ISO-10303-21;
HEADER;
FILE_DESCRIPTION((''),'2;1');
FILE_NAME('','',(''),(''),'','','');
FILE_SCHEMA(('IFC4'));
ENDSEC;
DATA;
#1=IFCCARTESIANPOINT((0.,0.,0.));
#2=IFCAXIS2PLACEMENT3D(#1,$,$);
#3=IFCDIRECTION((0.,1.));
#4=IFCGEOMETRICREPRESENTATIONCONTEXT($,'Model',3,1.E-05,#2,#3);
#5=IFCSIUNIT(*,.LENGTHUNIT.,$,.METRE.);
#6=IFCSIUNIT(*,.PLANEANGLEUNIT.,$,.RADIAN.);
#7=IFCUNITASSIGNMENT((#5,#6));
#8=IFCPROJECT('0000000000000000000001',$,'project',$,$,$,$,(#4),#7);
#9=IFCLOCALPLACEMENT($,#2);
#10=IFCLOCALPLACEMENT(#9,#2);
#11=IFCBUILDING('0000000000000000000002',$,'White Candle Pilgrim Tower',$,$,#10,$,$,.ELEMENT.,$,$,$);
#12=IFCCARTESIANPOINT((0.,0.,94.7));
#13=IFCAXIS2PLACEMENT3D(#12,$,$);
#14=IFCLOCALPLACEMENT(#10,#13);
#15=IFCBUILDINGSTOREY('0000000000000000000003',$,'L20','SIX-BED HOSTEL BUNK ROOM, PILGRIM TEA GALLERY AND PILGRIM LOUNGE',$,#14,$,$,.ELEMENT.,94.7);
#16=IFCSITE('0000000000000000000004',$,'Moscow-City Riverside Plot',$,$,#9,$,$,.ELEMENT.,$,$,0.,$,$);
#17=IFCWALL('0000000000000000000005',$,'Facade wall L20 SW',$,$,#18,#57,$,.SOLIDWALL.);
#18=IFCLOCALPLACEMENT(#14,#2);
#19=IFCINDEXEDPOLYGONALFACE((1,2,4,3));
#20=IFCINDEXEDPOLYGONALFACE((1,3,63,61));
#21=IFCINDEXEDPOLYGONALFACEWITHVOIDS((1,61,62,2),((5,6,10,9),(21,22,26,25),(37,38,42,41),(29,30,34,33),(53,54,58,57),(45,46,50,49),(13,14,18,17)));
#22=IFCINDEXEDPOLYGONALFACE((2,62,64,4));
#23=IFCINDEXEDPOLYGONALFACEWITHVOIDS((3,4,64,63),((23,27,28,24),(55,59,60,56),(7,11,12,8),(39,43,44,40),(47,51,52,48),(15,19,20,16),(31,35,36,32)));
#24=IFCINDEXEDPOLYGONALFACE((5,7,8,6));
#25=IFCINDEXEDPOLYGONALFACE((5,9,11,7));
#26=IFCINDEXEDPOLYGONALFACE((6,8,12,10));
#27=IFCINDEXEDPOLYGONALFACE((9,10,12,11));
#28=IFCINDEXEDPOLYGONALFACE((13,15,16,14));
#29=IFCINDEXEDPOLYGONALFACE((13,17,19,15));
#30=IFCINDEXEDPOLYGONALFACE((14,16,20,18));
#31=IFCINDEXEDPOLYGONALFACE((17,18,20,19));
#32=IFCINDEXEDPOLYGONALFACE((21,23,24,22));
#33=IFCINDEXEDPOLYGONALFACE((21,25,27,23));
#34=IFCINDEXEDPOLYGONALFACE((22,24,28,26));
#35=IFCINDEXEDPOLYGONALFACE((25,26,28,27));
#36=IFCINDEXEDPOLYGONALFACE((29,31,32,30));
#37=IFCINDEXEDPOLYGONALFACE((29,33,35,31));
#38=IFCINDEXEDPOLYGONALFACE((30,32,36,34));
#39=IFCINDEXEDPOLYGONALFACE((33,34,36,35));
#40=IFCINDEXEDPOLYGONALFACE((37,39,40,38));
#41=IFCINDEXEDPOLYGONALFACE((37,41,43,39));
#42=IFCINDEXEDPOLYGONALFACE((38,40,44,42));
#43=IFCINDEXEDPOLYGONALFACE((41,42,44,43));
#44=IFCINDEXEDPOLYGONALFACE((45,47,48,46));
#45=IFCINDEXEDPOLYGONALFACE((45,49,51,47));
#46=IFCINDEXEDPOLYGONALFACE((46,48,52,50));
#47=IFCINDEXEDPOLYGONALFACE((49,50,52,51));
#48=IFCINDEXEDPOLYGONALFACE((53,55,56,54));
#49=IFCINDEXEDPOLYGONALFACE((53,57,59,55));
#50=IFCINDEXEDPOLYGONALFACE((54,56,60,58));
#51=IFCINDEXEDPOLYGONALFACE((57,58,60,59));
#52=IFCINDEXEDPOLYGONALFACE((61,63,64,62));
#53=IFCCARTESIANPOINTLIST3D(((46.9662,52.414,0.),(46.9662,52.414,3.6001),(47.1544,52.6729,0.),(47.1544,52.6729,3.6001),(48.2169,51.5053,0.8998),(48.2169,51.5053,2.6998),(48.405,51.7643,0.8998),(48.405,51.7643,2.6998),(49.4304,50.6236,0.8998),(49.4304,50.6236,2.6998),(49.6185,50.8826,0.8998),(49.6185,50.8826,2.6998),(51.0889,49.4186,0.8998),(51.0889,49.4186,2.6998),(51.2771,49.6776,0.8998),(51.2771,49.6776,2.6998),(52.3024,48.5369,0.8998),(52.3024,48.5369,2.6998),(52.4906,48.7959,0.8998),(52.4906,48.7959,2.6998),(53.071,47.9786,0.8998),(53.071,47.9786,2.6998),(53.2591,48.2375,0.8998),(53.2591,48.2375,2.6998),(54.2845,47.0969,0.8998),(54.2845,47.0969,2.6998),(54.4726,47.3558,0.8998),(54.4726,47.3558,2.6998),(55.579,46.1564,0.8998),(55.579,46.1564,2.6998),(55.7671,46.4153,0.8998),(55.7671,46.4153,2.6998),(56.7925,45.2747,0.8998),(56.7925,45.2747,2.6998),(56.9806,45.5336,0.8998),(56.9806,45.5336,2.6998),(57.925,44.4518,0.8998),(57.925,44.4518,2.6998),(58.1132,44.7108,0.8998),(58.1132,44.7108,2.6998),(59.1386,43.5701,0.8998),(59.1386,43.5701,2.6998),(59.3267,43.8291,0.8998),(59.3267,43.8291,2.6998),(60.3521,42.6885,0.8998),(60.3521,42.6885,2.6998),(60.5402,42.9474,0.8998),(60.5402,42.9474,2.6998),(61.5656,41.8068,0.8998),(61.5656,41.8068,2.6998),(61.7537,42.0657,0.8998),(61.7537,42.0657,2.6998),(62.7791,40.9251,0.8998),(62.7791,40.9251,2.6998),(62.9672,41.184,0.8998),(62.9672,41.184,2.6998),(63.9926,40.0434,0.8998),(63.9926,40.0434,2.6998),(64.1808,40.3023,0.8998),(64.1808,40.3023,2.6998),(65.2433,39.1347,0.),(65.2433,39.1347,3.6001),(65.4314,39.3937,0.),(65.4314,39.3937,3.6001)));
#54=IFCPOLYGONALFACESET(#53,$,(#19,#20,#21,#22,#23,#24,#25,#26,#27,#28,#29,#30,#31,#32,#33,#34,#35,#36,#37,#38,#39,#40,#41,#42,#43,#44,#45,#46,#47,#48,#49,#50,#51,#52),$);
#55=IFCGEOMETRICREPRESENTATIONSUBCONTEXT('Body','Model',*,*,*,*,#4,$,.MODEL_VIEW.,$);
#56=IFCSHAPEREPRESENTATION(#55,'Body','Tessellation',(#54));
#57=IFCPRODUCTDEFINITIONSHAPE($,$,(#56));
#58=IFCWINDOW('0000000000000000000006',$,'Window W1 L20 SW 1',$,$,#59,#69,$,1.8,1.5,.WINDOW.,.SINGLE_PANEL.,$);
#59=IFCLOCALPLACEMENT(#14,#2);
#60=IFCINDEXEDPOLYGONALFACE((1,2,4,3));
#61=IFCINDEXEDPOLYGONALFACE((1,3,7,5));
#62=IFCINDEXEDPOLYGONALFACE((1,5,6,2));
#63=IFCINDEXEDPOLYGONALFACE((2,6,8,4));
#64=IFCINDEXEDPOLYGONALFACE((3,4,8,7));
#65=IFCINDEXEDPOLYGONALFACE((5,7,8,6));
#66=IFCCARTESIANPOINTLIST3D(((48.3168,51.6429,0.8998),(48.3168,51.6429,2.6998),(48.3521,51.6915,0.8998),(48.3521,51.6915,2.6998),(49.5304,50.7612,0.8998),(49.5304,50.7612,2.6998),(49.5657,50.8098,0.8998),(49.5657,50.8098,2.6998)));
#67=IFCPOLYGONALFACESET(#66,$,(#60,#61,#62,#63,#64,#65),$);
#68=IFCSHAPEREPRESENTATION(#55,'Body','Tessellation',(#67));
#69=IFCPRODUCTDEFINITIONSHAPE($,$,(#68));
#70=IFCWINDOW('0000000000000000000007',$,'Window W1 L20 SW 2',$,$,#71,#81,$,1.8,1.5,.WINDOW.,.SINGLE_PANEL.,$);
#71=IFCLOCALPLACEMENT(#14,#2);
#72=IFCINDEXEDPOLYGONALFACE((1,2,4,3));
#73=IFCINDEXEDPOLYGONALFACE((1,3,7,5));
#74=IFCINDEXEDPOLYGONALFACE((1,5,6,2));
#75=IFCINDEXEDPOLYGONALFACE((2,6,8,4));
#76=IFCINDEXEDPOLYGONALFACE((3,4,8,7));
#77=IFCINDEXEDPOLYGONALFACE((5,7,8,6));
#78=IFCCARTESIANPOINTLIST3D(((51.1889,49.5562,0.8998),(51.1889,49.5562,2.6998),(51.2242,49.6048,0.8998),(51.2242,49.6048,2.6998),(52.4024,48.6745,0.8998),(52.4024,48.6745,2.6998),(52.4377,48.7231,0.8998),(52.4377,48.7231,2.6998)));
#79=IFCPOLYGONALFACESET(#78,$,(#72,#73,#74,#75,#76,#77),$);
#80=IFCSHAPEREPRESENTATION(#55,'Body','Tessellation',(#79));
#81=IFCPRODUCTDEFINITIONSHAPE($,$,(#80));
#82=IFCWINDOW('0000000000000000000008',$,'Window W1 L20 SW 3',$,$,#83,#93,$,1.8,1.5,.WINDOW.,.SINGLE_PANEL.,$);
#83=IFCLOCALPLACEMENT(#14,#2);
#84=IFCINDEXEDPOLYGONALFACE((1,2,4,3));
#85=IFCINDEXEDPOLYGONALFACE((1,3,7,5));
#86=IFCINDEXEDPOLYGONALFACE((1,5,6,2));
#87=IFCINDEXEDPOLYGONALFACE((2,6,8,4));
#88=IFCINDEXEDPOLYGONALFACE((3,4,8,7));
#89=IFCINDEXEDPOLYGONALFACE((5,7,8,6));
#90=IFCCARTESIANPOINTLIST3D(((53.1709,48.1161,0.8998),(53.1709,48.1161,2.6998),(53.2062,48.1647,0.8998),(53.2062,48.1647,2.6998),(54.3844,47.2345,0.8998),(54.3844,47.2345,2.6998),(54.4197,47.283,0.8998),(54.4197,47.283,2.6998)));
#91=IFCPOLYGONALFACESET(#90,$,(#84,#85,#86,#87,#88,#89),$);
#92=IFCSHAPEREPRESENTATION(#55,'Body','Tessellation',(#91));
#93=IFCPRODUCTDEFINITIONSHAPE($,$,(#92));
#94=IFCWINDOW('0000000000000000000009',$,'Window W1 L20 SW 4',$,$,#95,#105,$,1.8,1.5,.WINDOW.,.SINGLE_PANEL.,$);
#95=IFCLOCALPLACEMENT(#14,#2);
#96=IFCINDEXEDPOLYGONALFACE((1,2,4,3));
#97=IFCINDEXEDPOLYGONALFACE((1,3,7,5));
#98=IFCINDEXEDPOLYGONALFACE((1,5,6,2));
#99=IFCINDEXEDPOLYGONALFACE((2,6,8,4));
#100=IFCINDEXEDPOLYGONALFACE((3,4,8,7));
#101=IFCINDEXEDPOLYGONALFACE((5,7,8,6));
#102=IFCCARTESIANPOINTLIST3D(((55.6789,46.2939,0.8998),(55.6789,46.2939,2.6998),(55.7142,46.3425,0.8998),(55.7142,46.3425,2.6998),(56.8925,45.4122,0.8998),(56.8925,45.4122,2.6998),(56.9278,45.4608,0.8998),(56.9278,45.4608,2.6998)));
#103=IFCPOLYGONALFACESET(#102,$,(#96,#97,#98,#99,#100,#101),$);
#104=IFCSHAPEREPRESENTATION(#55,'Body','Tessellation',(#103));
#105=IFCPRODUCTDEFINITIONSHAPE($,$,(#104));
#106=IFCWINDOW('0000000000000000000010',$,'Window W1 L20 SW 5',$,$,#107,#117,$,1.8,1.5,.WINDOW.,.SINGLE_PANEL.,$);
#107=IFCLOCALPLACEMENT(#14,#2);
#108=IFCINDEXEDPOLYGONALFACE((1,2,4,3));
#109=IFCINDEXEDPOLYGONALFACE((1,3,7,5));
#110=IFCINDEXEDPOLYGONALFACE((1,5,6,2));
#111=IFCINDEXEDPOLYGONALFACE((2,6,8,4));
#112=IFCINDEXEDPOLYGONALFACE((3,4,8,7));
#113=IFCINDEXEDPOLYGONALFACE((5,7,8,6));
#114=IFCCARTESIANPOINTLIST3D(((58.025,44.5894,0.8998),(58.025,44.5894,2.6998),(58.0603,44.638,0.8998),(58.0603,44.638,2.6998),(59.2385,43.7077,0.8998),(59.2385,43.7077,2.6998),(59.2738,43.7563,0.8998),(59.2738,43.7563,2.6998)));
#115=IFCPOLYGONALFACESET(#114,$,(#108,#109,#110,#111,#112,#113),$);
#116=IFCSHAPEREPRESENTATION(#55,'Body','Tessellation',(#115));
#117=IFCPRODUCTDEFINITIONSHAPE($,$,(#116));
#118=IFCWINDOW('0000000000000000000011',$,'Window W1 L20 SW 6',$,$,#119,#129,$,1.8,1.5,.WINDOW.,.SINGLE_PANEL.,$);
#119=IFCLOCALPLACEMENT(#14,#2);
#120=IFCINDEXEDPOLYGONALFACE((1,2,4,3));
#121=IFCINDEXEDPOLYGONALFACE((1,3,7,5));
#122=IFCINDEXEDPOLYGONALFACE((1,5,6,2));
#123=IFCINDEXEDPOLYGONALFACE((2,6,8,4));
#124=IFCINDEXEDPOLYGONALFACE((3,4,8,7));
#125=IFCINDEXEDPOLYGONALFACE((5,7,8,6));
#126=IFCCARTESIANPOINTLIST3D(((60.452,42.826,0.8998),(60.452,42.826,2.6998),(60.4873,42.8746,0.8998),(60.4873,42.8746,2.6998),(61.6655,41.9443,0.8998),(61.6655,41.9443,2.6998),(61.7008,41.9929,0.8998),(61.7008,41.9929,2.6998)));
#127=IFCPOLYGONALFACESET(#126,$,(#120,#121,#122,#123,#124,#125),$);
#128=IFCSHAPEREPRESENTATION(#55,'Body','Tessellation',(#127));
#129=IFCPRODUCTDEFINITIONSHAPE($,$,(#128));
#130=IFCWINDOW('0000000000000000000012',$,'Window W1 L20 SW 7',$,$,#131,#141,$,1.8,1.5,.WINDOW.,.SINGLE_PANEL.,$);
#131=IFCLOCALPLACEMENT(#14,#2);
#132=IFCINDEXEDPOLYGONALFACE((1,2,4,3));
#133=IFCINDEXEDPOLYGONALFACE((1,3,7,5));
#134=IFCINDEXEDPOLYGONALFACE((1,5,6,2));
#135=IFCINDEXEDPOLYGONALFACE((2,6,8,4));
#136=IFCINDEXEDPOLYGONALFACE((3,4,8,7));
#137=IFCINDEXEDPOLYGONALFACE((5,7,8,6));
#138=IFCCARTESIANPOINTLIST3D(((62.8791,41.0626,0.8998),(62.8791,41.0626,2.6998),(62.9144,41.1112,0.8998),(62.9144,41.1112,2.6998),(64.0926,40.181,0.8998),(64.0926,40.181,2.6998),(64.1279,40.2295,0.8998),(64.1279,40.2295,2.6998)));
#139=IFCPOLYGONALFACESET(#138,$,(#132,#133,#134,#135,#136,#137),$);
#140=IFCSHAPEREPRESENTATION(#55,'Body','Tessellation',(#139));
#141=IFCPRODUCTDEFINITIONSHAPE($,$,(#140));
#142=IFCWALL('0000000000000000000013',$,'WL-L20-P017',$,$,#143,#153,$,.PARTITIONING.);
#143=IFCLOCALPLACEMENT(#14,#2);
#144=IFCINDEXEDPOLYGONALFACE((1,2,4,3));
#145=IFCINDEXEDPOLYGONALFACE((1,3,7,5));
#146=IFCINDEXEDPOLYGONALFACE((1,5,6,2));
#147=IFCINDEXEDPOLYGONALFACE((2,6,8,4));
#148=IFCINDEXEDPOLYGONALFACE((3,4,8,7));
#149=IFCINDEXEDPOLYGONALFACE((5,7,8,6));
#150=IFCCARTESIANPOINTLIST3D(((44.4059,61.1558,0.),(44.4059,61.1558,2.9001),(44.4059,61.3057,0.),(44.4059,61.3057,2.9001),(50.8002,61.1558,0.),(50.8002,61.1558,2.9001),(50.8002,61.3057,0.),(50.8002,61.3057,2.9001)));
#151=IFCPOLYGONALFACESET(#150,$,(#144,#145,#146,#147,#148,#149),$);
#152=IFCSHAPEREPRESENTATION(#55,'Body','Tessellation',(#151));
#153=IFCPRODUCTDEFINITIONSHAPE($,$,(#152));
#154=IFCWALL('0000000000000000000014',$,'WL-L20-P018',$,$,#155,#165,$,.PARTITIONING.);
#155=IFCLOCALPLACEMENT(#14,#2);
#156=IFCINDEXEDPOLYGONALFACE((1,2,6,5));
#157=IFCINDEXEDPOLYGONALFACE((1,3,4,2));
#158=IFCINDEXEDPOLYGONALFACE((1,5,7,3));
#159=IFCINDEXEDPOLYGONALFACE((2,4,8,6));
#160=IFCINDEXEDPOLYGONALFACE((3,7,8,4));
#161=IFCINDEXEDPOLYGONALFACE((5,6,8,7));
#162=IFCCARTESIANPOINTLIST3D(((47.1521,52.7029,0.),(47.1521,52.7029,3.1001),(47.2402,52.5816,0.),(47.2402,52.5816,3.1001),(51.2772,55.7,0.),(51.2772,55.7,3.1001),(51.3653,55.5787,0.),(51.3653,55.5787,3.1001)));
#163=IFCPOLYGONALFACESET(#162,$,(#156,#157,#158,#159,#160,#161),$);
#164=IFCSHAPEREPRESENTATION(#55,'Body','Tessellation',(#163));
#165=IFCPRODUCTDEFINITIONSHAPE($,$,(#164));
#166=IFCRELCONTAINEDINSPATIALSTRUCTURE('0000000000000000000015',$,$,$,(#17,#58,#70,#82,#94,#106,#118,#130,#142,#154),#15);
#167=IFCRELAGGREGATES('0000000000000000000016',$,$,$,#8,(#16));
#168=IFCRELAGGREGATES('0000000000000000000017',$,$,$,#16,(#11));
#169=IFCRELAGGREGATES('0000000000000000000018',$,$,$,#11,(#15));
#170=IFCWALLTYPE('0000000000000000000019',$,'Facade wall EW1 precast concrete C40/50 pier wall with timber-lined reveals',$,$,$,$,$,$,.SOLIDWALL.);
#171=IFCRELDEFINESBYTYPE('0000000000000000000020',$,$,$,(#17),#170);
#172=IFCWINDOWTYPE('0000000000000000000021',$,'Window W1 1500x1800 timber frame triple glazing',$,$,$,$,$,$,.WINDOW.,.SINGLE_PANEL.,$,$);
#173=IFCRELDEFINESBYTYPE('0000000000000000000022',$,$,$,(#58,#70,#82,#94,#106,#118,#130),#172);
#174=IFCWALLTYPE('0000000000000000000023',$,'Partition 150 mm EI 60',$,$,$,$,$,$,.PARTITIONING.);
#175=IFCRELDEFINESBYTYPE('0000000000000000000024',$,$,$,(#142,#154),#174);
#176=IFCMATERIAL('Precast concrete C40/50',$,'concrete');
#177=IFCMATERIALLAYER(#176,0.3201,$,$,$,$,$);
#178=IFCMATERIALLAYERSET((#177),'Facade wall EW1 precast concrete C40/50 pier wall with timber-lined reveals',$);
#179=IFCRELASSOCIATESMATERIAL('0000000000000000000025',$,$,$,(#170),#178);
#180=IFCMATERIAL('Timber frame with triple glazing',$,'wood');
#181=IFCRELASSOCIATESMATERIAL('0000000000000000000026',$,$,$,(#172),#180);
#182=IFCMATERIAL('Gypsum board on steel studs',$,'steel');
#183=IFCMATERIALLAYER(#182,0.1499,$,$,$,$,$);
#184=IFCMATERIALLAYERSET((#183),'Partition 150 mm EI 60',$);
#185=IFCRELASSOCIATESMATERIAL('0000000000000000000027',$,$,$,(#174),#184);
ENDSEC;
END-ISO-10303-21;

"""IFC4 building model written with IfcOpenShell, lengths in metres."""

from ifc_helpers import new_model, si_unit, direction, frame, frame_2d, origin, place, context, subcontext, project, spatial, rectangle, extrude, material, layer, layer_set, type_object, element, fill, save


model = new_model("IFC4")

# Units and contexts
model_context = context("Model", 3, precision=1e-05, world=origin(), true_north=direction((0.0, 1.0)))
body_context = subcontext(model_context, "Body", "Model", "MODEL_VIEW")
ifc_project = project(units=[si_unit("LENGTHUNIT", "METRE"), si_unit("PLANEANGLEUNIT", "RADIAN")], contexts=[model_context])

# Site, building, storey
site_placement = place(None, origin())
site = spatial("IfcSite", under=ifc_project, at=site_placement, Name="Moscow-City Riverside Plot", CompositionType="ELEMENT", RefElevation=0.0)
building_placement = place(site_placement, origin())
building = spatial("IfcBuilding", under=site, at=building_placement, Name="White Candle Pilgrim Tower", CompositionType="ELEMENT")
storey_placement = place(building_placement, frame((0.0, 0.0, 94.7)))
storey = spatial("IfcBuildingStorey", under=building, at=storey_placement, Name="L20", Description="SIX-BED HOSTEL BUNK ROOM, PILGRIM TEA GALLERY AND PILGRIM LOUNGE", CompositionType="ELEMENT", Elevation=94.7)

# Shared definitions
ifc_material_1 = material(Name="Gypsum board on steel studs", Category="steel")

# Wall, openings, windows
ifc_material_2 = material(Name="Precast concrete C40/50", Category="concrete")
ifc_layer_1 = layer(ifc_material_2, 0.3201)
ifc_layer_set_1 = layer_set([ifc_layer_1], Name="Facade wall EW1 precast concrete C40/50 pier wall with timber-lined reveals")
wall_type_1 = type_object("IfcWallType", Name="Facade wall EW1 precast concrete C40/50 pier wall with timber-lined reveals", PredefinedType="SOLIDWALL", material=ifc_layer_set_1)
ifc_material_3 = material(Name="Timber frame with triple glazing", Category="wood")
wall_1_placement = place(storey_placement, frame((47.0603, 52.5435, 0.0), z_axis=(0.0, 0.0, 1.0), x_axis=(0.809013, -0.587791, 0.0)))
wall_1 = element("IfcWall", 1, at=wall_1_placement, inside=storey, type_object=wall_type_1, Name="Facade wall L20 SW", PredefinedType="SOLIDWALL", context=body_context, shape_type="SweptSolid", body=[
    extrude(rectangle(XDim=22.5918, YDim=0.3201, at=frame_2d((11.2959, 0.0))), origin(), (0.0, 0.0, 1.0), 3.6001),
])
opening_1_placement = place(wall_1_placement, frame((1.5459, 0.0, 0.8999)))
opening_1 = element("IfcOpeningElement", 2, at=opening_1_placement, cuts=wall_1, PredefinedType="OPENING", context=body_context, shape_type="SweptSolid", body=[
    extrude(rectangle(XDim=1.5, YDim=1.8, at=frame_2d((0.75, 0.8999))), frame((0.0, 0.1699, 0.0), z_axis=(0.0, -1.0, 0.0), x_axis=(1.0, 0.0, 0.0)), (0.0, 0.0, 1.0), 0.3401),
])
opening_2_placement = place(wall_1_placement, frame((5.0959, 0.0, 0.8999)))
opening_2 = element("IfcOpeningElement", 3, at=opening_2_placement, cuts=wall_1, PredefinedType="OPENING", context=body_context, shape_type="SweptSolid", body=[
    extrude(rectangle(XDim=1.5, YDim=1.8, at=frame_2d((0.75, 0.8999))), frame((0.0, 0.1699, 0.0), z_axis=(0.0, -1.0, 0.0), x_axis=(1.0, 0.0, 0.0)), (0.0, 0.0, 1.0), 0.3401),
])
opening_3_placement = place(wall_1_placement, frame((7.5459, 0.0, 0.8999)))
opening_3 = element("IfcOpeningElement", 4, at=opening_3_placement, cuts=wall_1, PredefinedType="OPENING", context=body_context, shape_type="SweptSolid", body=[
    extrude(rectangle(XDim=1.5, YDim=1.8, at=frame_2d((0.75, 0.8999))), frame((0.0, 0.1699, 0.0), z_axis=(0.0, -1.0, 0.0), x_axis=(1.0, 0.0, 0.0)), (0.0, 0.0, 1.0), 0.3401),
])
opening_4_placement = place(wall_1_placement, frame((10.646, 0.0, 0.8999)))
opening_4 = element("IfcOpeningElement", 5, at=opening_4_placement, cuts=wall_1, PredefinedType="OPENING", context=body_context, shape_type="SweptSolid", body=[
    extrude(rectangle(XDim=1.5, YDim=1.8, at=frame_2d((0.75, 0.8999))), frame((0.0, 0.1699, 0.0), z_axis=(0.0, -1.0, 0.0), x_axis=(1.0, 0.0, 0.0)), (0.0, 0.0, 1.0), 0.3401),
])
opening_5_placement = place(wall_1_placement, frame((13.5459, 0.0, 0.8999)))
opening_5 = element("IfcOpeningElement", 6, at=opening_5_placement, cuts=wall_1, PredefinedType="OPENING", context=body_context, shape_type="SweptSolid", body=[
    extrude(rectangle(XDim=1.5, YDim=1.8, at=frame_2d((0.75, 0.8999))), frame((0.0, 0.1699, 0.0), z_axis=(0.0, -1.0, 0.0), x_axis=(1.0, 0.0, 0.0)), (0.0, 0.0, 1.0), 0.3401),
])
opening_6_placement = place(wall_1_placement, frame((16.5459, 0.0, 0.8999)))
opening_6 = element("IfcOpeningElement", 7, at=opening_6_placement, cuts=wall_1, PredefinedType="OPENING", context=body_context, shape_type="SweptSolid", body=[
    extrude(rectangle(XDim=1.5, YDim=1.8, at=frame_2d((0.75, 0.8999))), frame((0.0, 0.1699, 0.0), z_axis=(0.0, -1.0, 0.0), x_axis=(1.0, 0.0, 0.0)), (0.0, 0.0, 1.0), 0.3401),
])
opening_7_placement = place(wall_1_placement, frame((19.5459, 0.0, 0.8999)))
opening_7 = element("IfcOpeningElement", 8, at=opening_7_placement, cuts=wall_1, PredefinedType="OPENING", context=body_context, shape_type="SweptSolid", body=[
    extrude(rectangle(XDim=1.5, YDim=1.8, at=frame_2d((0.75, 0.8999))), frame((0.0, 0.1699, 0.0), z_axis=(0.0, -1.0, 0.0), x_axis=(1.0, 0.0, 0.0)), (0.0, 0.0, 1.0), 0.3401),
])
window_type_1 = type_object("IfcWindowType", Name="Window W1 1500x1800 timber frame triple glazing", PartitioningType="SINGLE_PANEL", PredefinedType="WINDOW", material=ifc_material_3)
window_1_placement = place(opening_1_placement, origin())
window_1 = element("IfcWindow", 9, at=window_1_placement, inside=storey, type_object=window_type_1, Name="Window W1 L20 SW 1", OverallHeight=1.8, OverallWidth=1.5, PartitioningType="SINGLE_PANEL", PredefinedType="WINDOW", context=body_context, shape_type="SweptSolid", body=[
    extrude(rectangle(XDim=1.5, YDim=1.8, at=frame_2d((0.75, 0.8999))), frame((0.0, 0.0701, 0.0), z_axis=(0.0, -1.0, 0.0), x_axis=(1.0, 0.0, 0.0)), (0.0, 0.0, 1.0), 0.0601),
])
fill(opening_1, window_1)
window_2_placement = place(opening_2_placement, origin())
window_2 = element("IfcWindow", 10, at=window_2_placement, inside=storey, type_object=window_type_1, Name="Window W1 L20 SW 2", OverallHeight=1.8, OverallWidth=1.5, PartitioningType="SINGLE_PANEL", PredefinedType="WINDOW", context=body_context, shape_type="SweptSolid", body=[
    extrude(rectangle(XDim=1.5, YDim=1.8, at=frame_2d((0.75, 0.8999))), frame((0.0, 0.0701, 0.0), z_axis=(0.0, -1.0, 0.0), x_axis=(1.0, 0.0, 0.0)), (0.0, 0.0, 1.0), 0.0601),
])
fill(opening_2, window_2)
window_3_placement = place(opening_3_placement, origin())
window_3 = element("IfcWindow", 11, at=window_3_placement, inside=storey, type_object=window_type_1, Name="Window W1 L20 SW 3", OverallHeight=1.8, OverallWidth=1.5, PartitioningType="SINGLE_PANEL", PredefinedType="WINDOW", context=body_context, shape_type="SweptSolid", body=[
    extrude(rectangle(XDim=1.5, YDim=1.8, at=frame_2d((0.75, 0.8999))), frame((0.0, 0.0701, 0.0), z_axis=(0.0, -1.0, 0.0), x_axis=(1.0, 0.0, 0.0)), (0.0, 0.0, 1.0), 0.0601),
])
fill(opening_3, window_3)
window_4_placement = place(opening_4_placement, origin())
window_4 = element("IfcWindow", 12, at=window_4_placement, inside=storey, type_object=window_type_1, Name="Window W1 L20 SW 4", OverallHeight=1.8, OverallWidth=1.5, PartitioningType="SINGLE_PANEL", PredefinedType="WINDOW", context=body_context, shape_type="SweptSolid", body=[
    extrude(rectangle(XDim=1.5, YDim=1.8, at=frame_2d((0.75, 0.8999))), frame((0.0, 0.0701, 0.0), z_axis=(0.0, -1.0, 0.0), x_axis=(1.0, 0.0, 0.0)), (0.0, 0.0, 1.0), 0.0601),
])
fill(opening_4, window_4)
window_5_placement = place(opening_5_placement, origin())
window_5 = element("IfcWindow", 13, at=window_5_placement, inside=storey, type_object=window_type_1, Name="Window W1 L20 SW 5", OverallHeight=1.8, OverallWidth=1.5, PartitioningType="SINGLE_PANEL", PredefinedType="WINDOW", context=body_context, shape_type="SweptSolid", body=[
    extrude(rectangle(XDim=1.5, YDim=1.8, at=frame_2d((0.75, 0.8999))), frame((0.0, 0.0701, 0.0), z_axis=(0.0, -1.0, 0.0), x_axis=(1.0, 0.0, 0.0)), (0.0, 0.0, 1.0), 0.0601),
])
fill(opening_5, window_5)
window_6_placement = place(opening_6_placement, origin())
window_6 = element("IfcWindow", 14, at=window_6_placement, inside=storey, type_object=window_type_1, Name="Window W1 L20 SW 6", OverallHeight=1.8, OverallWidth=1.5, PartitioningType="SINGLE_PANEL", PredefinedType="WINDOW", context=body_context, shape_type="SweptSolid", body=[
    extrude(rectangle(XDim=1.5, YDim=1.8, at=frame_2d((0.75, 0.8999))), frame((0.0, 0.0701, 0.0), z_axis=(0.0, -1.0, 0.0), x_axis=(1.0, 0.0, 0.0)), (0.0, 0.0, 1.0), 0.0601),
])
fill(opening_6, window_6)
window_7_placement = place(opening_7_placement, origin())
window_7 = element("IfcWindow", 15, at=window_7_placement, inside=storey, type_object=window_type_1, Name="Window W1 L20 SW 7", OverallHeight=1.8, OverallWidth=1.5, PartitioningType="SINGLE_PANEL", PredefinedType="WINDOW", context=body_context, shape_type="SweptSolid", body=[
    extrude(rectangle(XDim=1.5, YDim=1.8, at=frame_2d((0.75, 0.8999))), frame((0.0, 0.0701, 0.0), z_axis=(0.0, -1.0, 0.0), x_axis=(1.0, 0.0, 0.0)), (0.0, 0.0, 1.0), 0.0601),
])
fill(opening_7, window_7)

# Walls
ifc_layer_2 = layer(ifc_material_1, 0.1499)
ifc_layer_set_2 = layer_set([ifc_layer_2], Name="Partition 150 mm EI 60")
wall_type_2 = type_object("IfcWallType", Name="Partition 150 mm EI 60", PredefinedType="PARTITIONING", material=ifc_layer_set_2)
wall_2_placement = place(storey_placement, frame((44.4058, 61.2307, 0.0), z_axis=(0.0, 0.0, 1.0), x_axis=(1.0, 0.0, 0.0)))
element("IfcWall", 16, at=wall_2_placement, inside=storey, type_object=wall_type_2, Name="WL-L20-P017", PredefinedType="PARTITIONING", context=body_context, shape_type="SweptSolid", body=[
    extrude(rectangle(XDim=6.3943, YDim=0.1499, at=frame_2d((3.1973, 0.0))), origin(), (0.0, 0.0, 1.0), 2.9001),
])
wall_3_placement = place(storey_placement, frame((47.1963, 52.6423, 0.0), z_axis=(0.0, 0.0, 1.0), x_axis=(0.809009, 0.587796, 0.0)))
element("IfcWall", 17, at=wall_3_placement, inside=storey, type_object=wall_type_2, Name="WL-L20-P018", PredefinedType="PARTITIONING", context=body_context, shape_type="SweptSolid", body=[
    extrude(rectangle(XDim=5.0989, YDim=0.1499, at=frame_2d((2.5493, 0.0))), origin(), (0.0, 0.0, 1.0), 3.1001),
])

save(model, "model.ifc")
